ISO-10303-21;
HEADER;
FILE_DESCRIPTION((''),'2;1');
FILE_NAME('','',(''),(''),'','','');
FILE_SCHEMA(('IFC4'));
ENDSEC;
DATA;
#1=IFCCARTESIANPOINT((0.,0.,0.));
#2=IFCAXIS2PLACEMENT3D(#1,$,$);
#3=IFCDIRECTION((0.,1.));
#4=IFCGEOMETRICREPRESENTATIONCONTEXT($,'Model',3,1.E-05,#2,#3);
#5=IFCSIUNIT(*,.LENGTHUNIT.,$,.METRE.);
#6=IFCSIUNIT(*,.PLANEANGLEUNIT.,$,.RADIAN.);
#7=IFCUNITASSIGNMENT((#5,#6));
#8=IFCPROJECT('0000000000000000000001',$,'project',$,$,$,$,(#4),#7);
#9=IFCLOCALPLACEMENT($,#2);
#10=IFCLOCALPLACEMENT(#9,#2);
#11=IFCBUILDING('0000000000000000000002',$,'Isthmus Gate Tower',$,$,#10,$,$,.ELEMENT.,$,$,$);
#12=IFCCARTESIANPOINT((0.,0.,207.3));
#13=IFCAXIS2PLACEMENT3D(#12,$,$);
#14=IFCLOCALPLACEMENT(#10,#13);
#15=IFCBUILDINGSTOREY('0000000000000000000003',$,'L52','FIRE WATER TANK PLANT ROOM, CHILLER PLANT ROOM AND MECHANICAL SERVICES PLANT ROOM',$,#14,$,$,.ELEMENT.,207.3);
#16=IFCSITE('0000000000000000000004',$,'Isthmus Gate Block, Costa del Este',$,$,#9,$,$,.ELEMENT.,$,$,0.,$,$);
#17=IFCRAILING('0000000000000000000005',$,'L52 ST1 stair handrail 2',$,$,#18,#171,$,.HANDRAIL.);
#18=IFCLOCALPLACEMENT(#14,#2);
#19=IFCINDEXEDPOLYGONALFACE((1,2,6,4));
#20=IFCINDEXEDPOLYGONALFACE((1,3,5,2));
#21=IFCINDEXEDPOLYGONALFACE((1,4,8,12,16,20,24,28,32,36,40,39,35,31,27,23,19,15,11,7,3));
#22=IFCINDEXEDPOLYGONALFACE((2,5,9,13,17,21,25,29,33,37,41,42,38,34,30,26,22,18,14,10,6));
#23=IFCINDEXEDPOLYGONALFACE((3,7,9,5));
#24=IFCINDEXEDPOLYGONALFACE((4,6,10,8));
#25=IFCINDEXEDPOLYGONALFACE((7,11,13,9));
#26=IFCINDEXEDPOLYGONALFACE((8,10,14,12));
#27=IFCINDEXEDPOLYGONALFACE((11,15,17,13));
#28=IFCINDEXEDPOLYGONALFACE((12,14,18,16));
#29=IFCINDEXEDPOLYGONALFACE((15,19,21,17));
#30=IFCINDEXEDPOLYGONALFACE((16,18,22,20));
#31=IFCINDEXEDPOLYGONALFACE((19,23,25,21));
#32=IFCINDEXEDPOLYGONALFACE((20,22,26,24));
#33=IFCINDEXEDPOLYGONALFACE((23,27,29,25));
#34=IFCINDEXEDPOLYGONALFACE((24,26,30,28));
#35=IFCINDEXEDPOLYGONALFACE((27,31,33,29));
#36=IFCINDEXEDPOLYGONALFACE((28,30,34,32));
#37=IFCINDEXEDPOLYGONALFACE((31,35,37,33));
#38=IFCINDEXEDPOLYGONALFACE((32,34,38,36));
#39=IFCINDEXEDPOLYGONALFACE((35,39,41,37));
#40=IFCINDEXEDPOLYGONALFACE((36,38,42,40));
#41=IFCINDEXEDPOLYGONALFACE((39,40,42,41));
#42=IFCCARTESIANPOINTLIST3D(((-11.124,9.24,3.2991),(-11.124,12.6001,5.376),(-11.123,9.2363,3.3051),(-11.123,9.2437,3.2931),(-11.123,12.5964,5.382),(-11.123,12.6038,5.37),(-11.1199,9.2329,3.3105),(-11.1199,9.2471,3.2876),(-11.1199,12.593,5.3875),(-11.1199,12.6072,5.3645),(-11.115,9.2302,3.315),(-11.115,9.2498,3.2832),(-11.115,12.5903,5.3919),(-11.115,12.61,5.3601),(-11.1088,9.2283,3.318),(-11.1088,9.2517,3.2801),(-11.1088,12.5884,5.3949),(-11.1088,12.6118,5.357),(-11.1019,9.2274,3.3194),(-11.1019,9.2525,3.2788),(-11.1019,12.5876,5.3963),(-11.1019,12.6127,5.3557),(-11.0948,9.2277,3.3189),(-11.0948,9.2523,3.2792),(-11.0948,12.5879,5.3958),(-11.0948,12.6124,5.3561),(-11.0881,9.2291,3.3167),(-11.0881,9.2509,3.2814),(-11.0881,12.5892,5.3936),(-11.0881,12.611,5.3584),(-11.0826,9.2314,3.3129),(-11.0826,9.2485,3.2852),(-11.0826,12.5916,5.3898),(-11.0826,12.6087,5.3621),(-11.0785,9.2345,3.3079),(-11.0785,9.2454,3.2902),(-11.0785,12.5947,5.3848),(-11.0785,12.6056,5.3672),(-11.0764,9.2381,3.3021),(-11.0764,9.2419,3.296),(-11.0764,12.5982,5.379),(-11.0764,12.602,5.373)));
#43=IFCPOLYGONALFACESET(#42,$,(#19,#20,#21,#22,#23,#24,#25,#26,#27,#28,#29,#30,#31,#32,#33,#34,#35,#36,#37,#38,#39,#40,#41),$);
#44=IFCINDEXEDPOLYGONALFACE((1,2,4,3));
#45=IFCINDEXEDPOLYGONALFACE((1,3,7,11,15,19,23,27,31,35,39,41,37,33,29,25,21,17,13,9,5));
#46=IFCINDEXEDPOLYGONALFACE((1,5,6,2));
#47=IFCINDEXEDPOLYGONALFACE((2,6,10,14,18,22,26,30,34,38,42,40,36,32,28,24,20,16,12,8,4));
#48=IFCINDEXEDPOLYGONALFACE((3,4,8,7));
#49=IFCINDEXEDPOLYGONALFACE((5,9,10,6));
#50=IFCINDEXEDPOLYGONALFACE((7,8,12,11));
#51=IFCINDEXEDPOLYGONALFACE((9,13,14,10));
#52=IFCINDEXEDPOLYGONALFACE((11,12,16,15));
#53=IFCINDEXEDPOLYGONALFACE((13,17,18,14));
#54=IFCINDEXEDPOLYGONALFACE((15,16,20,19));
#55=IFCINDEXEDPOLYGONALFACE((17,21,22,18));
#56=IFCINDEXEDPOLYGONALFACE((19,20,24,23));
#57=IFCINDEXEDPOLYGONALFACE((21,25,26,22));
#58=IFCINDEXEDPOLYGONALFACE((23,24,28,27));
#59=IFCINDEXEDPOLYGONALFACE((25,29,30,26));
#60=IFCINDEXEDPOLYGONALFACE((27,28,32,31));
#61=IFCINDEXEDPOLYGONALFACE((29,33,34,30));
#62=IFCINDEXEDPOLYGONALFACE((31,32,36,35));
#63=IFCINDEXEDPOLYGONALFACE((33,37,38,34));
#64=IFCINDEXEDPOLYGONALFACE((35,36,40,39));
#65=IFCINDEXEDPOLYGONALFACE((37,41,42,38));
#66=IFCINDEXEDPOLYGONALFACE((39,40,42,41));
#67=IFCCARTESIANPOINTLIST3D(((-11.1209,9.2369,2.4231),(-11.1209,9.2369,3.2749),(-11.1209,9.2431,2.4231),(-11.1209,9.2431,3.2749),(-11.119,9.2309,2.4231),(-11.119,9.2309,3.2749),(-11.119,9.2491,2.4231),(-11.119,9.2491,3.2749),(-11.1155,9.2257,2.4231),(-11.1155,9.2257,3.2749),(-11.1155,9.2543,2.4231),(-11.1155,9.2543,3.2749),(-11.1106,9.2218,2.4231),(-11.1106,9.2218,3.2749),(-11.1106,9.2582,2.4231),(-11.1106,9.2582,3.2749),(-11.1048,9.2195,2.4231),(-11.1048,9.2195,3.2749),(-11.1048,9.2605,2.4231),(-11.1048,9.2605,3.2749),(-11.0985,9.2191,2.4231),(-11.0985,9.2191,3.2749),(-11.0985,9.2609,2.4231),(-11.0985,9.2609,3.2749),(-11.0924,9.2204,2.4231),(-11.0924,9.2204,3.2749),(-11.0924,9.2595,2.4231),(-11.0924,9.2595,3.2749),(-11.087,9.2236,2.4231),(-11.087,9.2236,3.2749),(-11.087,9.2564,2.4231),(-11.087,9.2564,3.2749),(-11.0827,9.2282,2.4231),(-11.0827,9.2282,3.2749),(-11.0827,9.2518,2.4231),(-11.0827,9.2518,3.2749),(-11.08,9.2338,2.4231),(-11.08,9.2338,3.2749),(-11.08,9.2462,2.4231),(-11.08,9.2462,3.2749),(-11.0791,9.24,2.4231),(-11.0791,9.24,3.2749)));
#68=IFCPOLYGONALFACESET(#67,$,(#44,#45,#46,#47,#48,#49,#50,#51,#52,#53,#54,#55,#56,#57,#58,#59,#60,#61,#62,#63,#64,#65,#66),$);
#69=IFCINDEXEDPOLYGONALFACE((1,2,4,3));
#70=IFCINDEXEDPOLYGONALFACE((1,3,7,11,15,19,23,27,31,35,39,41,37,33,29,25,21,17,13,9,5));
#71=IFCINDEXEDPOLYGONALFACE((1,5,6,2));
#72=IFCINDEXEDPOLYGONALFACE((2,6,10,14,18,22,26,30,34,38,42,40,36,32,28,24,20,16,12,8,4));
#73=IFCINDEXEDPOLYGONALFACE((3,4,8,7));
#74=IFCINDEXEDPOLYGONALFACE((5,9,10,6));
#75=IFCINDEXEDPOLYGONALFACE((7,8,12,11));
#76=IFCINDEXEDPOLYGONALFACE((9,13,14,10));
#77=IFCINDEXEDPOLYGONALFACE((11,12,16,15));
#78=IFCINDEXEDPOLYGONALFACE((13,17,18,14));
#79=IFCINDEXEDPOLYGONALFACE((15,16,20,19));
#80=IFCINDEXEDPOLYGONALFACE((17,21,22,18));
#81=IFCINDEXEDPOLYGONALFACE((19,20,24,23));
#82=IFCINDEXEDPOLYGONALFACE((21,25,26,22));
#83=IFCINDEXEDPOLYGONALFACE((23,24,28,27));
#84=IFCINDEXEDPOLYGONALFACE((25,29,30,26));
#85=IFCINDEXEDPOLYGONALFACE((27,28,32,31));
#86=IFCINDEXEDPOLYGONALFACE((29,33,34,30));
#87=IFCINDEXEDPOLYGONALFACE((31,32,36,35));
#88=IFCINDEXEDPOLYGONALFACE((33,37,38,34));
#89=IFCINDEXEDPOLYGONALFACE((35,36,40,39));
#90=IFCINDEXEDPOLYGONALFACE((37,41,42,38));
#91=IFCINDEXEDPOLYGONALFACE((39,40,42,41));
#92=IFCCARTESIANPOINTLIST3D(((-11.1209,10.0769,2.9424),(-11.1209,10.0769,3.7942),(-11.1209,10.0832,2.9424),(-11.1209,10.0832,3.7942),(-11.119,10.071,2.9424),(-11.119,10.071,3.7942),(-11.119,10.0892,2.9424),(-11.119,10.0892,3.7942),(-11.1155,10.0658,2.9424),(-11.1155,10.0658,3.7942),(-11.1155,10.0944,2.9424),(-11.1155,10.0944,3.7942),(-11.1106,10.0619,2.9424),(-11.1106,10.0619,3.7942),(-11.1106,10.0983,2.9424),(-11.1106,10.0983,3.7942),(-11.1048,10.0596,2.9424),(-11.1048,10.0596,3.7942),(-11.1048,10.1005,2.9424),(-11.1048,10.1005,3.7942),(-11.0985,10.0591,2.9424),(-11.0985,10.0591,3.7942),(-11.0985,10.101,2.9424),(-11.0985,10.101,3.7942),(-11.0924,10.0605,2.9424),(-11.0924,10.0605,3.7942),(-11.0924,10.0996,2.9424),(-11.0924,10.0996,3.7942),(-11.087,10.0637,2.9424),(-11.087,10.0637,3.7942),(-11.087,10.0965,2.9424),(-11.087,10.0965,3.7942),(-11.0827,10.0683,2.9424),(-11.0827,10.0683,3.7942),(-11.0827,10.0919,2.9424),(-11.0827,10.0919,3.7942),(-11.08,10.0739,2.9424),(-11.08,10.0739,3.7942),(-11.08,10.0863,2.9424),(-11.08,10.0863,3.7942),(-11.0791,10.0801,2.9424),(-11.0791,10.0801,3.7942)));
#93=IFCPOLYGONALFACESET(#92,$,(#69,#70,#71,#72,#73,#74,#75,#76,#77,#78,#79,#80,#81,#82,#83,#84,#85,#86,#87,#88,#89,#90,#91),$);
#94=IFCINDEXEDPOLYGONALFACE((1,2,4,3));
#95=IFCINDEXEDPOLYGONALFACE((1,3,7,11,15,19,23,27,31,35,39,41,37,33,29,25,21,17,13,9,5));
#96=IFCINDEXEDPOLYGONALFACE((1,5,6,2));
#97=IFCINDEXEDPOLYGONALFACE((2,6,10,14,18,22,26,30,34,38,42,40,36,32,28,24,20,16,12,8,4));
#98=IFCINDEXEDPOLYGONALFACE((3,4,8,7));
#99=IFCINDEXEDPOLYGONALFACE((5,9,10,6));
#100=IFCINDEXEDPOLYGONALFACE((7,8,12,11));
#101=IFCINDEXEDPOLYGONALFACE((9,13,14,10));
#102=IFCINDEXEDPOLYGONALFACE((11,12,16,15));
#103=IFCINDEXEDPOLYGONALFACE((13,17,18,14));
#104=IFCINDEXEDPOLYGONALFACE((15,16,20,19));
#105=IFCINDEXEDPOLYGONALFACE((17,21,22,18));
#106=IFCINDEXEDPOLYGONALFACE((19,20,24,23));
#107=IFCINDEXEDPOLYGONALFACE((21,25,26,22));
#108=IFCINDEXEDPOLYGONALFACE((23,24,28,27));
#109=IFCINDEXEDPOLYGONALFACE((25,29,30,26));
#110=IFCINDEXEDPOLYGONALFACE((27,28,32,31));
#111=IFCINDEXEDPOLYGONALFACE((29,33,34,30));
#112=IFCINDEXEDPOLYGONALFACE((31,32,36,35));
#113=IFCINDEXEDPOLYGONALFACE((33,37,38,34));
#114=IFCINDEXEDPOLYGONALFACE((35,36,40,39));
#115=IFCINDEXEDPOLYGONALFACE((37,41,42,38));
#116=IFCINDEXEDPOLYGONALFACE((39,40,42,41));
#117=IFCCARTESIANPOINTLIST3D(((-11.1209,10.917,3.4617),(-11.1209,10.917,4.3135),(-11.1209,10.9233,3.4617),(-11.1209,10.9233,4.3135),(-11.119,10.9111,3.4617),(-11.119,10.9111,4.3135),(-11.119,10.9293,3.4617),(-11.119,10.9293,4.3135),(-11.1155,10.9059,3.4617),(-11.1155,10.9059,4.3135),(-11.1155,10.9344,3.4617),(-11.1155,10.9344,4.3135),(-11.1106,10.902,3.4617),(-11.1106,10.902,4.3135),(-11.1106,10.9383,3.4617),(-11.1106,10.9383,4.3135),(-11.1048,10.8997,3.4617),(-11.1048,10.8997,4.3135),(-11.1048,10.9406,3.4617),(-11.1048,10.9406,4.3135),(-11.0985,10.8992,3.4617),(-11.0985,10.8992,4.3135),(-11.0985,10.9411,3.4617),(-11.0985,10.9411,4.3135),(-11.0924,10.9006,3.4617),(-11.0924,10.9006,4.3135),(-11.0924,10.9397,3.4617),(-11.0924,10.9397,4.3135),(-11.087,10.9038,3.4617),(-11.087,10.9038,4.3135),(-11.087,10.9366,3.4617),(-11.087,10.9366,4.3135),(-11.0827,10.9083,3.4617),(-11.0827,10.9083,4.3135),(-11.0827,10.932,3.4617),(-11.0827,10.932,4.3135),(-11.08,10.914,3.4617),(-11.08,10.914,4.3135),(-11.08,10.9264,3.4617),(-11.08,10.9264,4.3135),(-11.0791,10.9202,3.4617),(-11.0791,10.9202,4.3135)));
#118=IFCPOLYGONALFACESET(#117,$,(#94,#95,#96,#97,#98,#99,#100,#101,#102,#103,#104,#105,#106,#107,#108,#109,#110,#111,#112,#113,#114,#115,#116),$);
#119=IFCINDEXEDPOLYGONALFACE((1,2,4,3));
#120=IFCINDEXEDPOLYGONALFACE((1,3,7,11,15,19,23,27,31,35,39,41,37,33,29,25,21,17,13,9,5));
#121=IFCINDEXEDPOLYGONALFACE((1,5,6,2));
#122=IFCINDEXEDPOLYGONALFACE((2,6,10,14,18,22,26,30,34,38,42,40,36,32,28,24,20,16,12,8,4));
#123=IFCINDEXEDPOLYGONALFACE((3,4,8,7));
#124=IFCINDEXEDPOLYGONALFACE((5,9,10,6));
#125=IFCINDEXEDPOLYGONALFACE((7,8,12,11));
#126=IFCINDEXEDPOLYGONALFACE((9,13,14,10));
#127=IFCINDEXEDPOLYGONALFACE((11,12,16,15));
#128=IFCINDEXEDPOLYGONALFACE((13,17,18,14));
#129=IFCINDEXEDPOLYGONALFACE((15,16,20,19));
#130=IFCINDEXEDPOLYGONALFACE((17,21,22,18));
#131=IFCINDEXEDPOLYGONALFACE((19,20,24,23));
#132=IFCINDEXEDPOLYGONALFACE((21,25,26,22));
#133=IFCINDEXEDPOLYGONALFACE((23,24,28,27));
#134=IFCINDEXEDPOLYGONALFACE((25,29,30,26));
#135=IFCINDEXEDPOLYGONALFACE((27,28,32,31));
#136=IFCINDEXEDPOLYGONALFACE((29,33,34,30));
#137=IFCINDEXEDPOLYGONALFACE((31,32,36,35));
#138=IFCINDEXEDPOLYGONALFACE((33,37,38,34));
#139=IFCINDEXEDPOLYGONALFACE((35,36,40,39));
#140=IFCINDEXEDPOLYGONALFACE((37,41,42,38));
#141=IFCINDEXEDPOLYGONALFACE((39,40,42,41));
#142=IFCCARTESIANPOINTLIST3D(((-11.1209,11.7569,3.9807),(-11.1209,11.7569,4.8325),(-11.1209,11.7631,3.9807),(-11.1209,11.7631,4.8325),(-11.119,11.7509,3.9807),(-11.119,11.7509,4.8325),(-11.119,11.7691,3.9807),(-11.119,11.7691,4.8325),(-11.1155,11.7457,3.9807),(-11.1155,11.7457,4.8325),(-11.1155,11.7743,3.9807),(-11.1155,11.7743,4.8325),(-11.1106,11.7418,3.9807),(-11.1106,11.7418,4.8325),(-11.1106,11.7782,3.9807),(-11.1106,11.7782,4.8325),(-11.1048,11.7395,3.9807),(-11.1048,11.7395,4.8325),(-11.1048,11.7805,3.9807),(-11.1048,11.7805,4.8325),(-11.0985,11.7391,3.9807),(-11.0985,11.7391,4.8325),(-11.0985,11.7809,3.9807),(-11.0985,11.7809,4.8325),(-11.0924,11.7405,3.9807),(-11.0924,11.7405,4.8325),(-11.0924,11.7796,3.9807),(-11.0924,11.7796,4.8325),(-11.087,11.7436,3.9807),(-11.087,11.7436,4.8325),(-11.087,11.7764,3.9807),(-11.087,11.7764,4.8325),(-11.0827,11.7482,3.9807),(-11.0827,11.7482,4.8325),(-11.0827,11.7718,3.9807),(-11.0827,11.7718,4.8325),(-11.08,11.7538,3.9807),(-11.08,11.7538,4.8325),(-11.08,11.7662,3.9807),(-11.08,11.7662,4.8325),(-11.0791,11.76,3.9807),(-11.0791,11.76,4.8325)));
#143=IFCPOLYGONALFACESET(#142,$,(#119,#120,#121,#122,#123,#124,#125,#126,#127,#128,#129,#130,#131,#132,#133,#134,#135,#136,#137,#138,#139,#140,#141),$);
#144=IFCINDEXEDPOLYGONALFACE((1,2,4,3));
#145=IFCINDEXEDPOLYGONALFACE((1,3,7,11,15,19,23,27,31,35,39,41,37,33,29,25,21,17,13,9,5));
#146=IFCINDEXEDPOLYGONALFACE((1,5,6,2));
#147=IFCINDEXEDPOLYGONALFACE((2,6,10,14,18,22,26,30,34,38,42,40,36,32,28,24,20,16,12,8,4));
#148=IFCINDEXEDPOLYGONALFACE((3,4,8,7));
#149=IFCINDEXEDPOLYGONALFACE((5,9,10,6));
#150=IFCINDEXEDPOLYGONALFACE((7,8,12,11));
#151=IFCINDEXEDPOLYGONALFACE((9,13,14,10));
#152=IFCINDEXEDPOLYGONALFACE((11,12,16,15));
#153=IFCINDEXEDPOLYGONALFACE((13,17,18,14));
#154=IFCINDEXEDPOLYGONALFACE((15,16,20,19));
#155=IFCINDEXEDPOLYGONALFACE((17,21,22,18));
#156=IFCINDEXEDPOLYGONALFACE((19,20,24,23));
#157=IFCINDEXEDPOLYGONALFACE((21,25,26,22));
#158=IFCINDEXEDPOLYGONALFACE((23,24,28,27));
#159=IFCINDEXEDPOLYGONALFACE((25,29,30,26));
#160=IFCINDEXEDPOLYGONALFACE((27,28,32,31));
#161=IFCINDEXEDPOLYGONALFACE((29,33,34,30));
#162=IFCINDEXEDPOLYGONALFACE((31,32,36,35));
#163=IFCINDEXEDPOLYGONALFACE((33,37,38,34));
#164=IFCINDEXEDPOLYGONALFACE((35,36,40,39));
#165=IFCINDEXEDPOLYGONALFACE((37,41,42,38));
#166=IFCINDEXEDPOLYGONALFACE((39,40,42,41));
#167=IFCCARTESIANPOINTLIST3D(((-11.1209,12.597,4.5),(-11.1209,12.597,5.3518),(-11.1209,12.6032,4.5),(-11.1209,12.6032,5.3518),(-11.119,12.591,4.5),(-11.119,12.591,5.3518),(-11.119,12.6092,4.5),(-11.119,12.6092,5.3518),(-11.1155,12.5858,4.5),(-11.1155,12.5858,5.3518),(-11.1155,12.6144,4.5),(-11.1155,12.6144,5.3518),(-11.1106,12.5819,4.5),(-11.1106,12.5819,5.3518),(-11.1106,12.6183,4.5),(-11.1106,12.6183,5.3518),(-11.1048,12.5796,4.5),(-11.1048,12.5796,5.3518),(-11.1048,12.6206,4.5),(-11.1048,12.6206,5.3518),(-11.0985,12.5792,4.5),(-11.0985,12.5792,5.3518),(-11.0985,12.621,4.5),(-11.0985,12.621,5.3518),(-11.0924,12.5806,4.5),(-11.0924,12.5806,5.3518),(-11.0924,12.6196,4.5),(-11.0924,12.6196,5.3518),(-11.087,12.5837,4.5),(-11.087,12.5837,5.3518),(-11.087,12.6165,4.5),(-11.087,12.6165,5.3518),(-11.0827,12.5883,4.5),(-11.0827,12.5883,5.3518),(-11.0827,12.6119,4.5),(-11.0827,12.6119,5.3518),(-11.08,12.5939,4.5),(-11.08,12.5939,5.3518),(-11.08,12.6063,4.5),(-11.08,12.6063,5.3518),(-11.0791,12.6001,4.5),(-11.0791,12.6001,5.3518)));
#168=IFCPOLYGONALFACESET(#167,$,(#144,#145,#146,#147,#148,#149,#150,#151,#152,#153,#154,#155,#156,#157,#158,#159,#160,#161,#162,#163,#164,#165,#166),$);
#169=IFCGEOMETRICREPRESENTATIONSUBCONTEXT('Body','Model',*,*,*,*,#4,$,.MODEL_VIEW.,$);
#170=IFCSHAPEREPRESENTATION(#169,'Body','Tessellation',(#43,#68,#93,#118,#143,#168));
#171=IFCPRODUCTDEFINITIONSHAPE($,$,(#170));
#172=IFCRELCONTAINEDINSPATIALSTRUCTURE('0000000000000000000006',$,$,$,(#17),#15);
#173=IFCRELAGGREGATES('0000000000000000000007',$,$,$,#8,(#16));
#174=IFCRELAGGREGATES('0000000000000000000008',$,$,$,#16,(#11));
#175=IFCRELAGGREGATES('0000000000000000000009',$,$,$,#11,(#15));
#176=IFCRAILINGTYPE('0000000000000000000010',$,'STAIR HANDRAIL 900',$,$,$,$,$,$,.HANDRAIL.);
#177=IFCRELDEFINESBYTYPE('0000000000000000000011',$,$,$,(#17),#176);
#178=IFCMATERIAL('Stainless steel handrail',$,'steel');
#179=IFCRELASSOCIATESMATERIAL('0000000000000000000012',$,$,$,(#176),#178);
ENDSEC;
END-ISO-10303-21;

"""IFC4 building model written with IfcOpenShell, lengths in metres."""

from ifc_helpers import new_model, si_unit, direction, frame, origin, origin_2d, place, context, subcontext, project, spatial, circle, extrude, material, type_object, element, save


model = new_model("IFC4")

# Units and contexts
model_context = context("Model", 3, precision=1e-05, world=origin(), true_north=direction((0.0, 1.0)))
body_context = subcontext(model_context, "Body", "Model", "MODEL_VIEW")
ifc_project = project(units=[si_unit("LENGTHUNIT", "METRE"), si_unit("PLANEANGLEUNIT", "RADIAN")], contexts=[model_context])

# Site, building, storey
site_placement = place(None, origin())
site = spatial("IfcSite", under=ifc_project, at=site_placement, Name="Isthmus Gate Block, Costa del Este", CompositionType="ELEMENT", RefElevation=0.0)
building_placement = place(site_placement, origin())
building = spatial("IfcBuilding", under=site, at=building_placement, Name="Isthmus Gate Tower", CompositionType="ELEMENT")
storey_placement = place(building_placement, frame((0.0, 0.0, 207.3)))
storey = spatial("IfcBuildingStorey", under=building, at=storey_placement, Name="L52", Description="FIRE WATER TANK PLANT ROOM, CHILLER PLANT ROOM AND MECHANICAL SERVICES PLANT ROOM", CompositionType="ELEMENT", Elevation=207.3)

# Railing
ifc_material_1 = material(Name="Stainless steel handrail", Category="steel")
railing_type_1 = type_object("IfcRailingType", Name="STAIR HANDRAIL 900", PredefinedType="HANDRAIL", material=ifc_material_1)
railing_1_placement = place(storey_placement, frame((-11.1001, 9.24, 2.4231)))
element("IfcRailing", 1, at=railing_1_placement, inside=storey, type_object=railing_type_1, Name="L52 ST1 stair handrail 2", PredefinedType="HANDRAIL", context=body_context, shape_type="SweptSolid", body=[
    extrude(circle(Radius=0.0239, at=origin_2d()), frame((0.0, 0.0, 0.876), z_axis=(0.0, 0.850623, 0.525776), x_axis=(-1.0, 0.0, 0.0)), (0.0, 0.0, 1.0), 3.9502),
    extrude(circle(Radius=0.021, at=origin_2d()), origin(), (0.0, 0.0, 1.0), 0.8518),
    extrude(circle(Radius=0.021, at=origin_2d()), frame((0.0, 0.8401, 0.5193)), (0.0, 0.0, 1.0), 0.8518),
    extrude(circle(Radius=0.021, at=origin_2d()), frame((0.0, 1.6802, 1.0386)), (0.0, 0.0, 1.0), 0.8518),
    extrude(circle(Radius=0.021, at=origin_2d()), frame((0.0, 2.52, 1.5576)), (0.0, 0.0, 1.0), 0.8518),
    extrude(circle(Radius=0.021, at=origin_2d()), frame((0.0, 3.3601, 2.0769)), (0.0, 0.0, 1.0), 0.8518),
])

save(model, "model.ifc")
